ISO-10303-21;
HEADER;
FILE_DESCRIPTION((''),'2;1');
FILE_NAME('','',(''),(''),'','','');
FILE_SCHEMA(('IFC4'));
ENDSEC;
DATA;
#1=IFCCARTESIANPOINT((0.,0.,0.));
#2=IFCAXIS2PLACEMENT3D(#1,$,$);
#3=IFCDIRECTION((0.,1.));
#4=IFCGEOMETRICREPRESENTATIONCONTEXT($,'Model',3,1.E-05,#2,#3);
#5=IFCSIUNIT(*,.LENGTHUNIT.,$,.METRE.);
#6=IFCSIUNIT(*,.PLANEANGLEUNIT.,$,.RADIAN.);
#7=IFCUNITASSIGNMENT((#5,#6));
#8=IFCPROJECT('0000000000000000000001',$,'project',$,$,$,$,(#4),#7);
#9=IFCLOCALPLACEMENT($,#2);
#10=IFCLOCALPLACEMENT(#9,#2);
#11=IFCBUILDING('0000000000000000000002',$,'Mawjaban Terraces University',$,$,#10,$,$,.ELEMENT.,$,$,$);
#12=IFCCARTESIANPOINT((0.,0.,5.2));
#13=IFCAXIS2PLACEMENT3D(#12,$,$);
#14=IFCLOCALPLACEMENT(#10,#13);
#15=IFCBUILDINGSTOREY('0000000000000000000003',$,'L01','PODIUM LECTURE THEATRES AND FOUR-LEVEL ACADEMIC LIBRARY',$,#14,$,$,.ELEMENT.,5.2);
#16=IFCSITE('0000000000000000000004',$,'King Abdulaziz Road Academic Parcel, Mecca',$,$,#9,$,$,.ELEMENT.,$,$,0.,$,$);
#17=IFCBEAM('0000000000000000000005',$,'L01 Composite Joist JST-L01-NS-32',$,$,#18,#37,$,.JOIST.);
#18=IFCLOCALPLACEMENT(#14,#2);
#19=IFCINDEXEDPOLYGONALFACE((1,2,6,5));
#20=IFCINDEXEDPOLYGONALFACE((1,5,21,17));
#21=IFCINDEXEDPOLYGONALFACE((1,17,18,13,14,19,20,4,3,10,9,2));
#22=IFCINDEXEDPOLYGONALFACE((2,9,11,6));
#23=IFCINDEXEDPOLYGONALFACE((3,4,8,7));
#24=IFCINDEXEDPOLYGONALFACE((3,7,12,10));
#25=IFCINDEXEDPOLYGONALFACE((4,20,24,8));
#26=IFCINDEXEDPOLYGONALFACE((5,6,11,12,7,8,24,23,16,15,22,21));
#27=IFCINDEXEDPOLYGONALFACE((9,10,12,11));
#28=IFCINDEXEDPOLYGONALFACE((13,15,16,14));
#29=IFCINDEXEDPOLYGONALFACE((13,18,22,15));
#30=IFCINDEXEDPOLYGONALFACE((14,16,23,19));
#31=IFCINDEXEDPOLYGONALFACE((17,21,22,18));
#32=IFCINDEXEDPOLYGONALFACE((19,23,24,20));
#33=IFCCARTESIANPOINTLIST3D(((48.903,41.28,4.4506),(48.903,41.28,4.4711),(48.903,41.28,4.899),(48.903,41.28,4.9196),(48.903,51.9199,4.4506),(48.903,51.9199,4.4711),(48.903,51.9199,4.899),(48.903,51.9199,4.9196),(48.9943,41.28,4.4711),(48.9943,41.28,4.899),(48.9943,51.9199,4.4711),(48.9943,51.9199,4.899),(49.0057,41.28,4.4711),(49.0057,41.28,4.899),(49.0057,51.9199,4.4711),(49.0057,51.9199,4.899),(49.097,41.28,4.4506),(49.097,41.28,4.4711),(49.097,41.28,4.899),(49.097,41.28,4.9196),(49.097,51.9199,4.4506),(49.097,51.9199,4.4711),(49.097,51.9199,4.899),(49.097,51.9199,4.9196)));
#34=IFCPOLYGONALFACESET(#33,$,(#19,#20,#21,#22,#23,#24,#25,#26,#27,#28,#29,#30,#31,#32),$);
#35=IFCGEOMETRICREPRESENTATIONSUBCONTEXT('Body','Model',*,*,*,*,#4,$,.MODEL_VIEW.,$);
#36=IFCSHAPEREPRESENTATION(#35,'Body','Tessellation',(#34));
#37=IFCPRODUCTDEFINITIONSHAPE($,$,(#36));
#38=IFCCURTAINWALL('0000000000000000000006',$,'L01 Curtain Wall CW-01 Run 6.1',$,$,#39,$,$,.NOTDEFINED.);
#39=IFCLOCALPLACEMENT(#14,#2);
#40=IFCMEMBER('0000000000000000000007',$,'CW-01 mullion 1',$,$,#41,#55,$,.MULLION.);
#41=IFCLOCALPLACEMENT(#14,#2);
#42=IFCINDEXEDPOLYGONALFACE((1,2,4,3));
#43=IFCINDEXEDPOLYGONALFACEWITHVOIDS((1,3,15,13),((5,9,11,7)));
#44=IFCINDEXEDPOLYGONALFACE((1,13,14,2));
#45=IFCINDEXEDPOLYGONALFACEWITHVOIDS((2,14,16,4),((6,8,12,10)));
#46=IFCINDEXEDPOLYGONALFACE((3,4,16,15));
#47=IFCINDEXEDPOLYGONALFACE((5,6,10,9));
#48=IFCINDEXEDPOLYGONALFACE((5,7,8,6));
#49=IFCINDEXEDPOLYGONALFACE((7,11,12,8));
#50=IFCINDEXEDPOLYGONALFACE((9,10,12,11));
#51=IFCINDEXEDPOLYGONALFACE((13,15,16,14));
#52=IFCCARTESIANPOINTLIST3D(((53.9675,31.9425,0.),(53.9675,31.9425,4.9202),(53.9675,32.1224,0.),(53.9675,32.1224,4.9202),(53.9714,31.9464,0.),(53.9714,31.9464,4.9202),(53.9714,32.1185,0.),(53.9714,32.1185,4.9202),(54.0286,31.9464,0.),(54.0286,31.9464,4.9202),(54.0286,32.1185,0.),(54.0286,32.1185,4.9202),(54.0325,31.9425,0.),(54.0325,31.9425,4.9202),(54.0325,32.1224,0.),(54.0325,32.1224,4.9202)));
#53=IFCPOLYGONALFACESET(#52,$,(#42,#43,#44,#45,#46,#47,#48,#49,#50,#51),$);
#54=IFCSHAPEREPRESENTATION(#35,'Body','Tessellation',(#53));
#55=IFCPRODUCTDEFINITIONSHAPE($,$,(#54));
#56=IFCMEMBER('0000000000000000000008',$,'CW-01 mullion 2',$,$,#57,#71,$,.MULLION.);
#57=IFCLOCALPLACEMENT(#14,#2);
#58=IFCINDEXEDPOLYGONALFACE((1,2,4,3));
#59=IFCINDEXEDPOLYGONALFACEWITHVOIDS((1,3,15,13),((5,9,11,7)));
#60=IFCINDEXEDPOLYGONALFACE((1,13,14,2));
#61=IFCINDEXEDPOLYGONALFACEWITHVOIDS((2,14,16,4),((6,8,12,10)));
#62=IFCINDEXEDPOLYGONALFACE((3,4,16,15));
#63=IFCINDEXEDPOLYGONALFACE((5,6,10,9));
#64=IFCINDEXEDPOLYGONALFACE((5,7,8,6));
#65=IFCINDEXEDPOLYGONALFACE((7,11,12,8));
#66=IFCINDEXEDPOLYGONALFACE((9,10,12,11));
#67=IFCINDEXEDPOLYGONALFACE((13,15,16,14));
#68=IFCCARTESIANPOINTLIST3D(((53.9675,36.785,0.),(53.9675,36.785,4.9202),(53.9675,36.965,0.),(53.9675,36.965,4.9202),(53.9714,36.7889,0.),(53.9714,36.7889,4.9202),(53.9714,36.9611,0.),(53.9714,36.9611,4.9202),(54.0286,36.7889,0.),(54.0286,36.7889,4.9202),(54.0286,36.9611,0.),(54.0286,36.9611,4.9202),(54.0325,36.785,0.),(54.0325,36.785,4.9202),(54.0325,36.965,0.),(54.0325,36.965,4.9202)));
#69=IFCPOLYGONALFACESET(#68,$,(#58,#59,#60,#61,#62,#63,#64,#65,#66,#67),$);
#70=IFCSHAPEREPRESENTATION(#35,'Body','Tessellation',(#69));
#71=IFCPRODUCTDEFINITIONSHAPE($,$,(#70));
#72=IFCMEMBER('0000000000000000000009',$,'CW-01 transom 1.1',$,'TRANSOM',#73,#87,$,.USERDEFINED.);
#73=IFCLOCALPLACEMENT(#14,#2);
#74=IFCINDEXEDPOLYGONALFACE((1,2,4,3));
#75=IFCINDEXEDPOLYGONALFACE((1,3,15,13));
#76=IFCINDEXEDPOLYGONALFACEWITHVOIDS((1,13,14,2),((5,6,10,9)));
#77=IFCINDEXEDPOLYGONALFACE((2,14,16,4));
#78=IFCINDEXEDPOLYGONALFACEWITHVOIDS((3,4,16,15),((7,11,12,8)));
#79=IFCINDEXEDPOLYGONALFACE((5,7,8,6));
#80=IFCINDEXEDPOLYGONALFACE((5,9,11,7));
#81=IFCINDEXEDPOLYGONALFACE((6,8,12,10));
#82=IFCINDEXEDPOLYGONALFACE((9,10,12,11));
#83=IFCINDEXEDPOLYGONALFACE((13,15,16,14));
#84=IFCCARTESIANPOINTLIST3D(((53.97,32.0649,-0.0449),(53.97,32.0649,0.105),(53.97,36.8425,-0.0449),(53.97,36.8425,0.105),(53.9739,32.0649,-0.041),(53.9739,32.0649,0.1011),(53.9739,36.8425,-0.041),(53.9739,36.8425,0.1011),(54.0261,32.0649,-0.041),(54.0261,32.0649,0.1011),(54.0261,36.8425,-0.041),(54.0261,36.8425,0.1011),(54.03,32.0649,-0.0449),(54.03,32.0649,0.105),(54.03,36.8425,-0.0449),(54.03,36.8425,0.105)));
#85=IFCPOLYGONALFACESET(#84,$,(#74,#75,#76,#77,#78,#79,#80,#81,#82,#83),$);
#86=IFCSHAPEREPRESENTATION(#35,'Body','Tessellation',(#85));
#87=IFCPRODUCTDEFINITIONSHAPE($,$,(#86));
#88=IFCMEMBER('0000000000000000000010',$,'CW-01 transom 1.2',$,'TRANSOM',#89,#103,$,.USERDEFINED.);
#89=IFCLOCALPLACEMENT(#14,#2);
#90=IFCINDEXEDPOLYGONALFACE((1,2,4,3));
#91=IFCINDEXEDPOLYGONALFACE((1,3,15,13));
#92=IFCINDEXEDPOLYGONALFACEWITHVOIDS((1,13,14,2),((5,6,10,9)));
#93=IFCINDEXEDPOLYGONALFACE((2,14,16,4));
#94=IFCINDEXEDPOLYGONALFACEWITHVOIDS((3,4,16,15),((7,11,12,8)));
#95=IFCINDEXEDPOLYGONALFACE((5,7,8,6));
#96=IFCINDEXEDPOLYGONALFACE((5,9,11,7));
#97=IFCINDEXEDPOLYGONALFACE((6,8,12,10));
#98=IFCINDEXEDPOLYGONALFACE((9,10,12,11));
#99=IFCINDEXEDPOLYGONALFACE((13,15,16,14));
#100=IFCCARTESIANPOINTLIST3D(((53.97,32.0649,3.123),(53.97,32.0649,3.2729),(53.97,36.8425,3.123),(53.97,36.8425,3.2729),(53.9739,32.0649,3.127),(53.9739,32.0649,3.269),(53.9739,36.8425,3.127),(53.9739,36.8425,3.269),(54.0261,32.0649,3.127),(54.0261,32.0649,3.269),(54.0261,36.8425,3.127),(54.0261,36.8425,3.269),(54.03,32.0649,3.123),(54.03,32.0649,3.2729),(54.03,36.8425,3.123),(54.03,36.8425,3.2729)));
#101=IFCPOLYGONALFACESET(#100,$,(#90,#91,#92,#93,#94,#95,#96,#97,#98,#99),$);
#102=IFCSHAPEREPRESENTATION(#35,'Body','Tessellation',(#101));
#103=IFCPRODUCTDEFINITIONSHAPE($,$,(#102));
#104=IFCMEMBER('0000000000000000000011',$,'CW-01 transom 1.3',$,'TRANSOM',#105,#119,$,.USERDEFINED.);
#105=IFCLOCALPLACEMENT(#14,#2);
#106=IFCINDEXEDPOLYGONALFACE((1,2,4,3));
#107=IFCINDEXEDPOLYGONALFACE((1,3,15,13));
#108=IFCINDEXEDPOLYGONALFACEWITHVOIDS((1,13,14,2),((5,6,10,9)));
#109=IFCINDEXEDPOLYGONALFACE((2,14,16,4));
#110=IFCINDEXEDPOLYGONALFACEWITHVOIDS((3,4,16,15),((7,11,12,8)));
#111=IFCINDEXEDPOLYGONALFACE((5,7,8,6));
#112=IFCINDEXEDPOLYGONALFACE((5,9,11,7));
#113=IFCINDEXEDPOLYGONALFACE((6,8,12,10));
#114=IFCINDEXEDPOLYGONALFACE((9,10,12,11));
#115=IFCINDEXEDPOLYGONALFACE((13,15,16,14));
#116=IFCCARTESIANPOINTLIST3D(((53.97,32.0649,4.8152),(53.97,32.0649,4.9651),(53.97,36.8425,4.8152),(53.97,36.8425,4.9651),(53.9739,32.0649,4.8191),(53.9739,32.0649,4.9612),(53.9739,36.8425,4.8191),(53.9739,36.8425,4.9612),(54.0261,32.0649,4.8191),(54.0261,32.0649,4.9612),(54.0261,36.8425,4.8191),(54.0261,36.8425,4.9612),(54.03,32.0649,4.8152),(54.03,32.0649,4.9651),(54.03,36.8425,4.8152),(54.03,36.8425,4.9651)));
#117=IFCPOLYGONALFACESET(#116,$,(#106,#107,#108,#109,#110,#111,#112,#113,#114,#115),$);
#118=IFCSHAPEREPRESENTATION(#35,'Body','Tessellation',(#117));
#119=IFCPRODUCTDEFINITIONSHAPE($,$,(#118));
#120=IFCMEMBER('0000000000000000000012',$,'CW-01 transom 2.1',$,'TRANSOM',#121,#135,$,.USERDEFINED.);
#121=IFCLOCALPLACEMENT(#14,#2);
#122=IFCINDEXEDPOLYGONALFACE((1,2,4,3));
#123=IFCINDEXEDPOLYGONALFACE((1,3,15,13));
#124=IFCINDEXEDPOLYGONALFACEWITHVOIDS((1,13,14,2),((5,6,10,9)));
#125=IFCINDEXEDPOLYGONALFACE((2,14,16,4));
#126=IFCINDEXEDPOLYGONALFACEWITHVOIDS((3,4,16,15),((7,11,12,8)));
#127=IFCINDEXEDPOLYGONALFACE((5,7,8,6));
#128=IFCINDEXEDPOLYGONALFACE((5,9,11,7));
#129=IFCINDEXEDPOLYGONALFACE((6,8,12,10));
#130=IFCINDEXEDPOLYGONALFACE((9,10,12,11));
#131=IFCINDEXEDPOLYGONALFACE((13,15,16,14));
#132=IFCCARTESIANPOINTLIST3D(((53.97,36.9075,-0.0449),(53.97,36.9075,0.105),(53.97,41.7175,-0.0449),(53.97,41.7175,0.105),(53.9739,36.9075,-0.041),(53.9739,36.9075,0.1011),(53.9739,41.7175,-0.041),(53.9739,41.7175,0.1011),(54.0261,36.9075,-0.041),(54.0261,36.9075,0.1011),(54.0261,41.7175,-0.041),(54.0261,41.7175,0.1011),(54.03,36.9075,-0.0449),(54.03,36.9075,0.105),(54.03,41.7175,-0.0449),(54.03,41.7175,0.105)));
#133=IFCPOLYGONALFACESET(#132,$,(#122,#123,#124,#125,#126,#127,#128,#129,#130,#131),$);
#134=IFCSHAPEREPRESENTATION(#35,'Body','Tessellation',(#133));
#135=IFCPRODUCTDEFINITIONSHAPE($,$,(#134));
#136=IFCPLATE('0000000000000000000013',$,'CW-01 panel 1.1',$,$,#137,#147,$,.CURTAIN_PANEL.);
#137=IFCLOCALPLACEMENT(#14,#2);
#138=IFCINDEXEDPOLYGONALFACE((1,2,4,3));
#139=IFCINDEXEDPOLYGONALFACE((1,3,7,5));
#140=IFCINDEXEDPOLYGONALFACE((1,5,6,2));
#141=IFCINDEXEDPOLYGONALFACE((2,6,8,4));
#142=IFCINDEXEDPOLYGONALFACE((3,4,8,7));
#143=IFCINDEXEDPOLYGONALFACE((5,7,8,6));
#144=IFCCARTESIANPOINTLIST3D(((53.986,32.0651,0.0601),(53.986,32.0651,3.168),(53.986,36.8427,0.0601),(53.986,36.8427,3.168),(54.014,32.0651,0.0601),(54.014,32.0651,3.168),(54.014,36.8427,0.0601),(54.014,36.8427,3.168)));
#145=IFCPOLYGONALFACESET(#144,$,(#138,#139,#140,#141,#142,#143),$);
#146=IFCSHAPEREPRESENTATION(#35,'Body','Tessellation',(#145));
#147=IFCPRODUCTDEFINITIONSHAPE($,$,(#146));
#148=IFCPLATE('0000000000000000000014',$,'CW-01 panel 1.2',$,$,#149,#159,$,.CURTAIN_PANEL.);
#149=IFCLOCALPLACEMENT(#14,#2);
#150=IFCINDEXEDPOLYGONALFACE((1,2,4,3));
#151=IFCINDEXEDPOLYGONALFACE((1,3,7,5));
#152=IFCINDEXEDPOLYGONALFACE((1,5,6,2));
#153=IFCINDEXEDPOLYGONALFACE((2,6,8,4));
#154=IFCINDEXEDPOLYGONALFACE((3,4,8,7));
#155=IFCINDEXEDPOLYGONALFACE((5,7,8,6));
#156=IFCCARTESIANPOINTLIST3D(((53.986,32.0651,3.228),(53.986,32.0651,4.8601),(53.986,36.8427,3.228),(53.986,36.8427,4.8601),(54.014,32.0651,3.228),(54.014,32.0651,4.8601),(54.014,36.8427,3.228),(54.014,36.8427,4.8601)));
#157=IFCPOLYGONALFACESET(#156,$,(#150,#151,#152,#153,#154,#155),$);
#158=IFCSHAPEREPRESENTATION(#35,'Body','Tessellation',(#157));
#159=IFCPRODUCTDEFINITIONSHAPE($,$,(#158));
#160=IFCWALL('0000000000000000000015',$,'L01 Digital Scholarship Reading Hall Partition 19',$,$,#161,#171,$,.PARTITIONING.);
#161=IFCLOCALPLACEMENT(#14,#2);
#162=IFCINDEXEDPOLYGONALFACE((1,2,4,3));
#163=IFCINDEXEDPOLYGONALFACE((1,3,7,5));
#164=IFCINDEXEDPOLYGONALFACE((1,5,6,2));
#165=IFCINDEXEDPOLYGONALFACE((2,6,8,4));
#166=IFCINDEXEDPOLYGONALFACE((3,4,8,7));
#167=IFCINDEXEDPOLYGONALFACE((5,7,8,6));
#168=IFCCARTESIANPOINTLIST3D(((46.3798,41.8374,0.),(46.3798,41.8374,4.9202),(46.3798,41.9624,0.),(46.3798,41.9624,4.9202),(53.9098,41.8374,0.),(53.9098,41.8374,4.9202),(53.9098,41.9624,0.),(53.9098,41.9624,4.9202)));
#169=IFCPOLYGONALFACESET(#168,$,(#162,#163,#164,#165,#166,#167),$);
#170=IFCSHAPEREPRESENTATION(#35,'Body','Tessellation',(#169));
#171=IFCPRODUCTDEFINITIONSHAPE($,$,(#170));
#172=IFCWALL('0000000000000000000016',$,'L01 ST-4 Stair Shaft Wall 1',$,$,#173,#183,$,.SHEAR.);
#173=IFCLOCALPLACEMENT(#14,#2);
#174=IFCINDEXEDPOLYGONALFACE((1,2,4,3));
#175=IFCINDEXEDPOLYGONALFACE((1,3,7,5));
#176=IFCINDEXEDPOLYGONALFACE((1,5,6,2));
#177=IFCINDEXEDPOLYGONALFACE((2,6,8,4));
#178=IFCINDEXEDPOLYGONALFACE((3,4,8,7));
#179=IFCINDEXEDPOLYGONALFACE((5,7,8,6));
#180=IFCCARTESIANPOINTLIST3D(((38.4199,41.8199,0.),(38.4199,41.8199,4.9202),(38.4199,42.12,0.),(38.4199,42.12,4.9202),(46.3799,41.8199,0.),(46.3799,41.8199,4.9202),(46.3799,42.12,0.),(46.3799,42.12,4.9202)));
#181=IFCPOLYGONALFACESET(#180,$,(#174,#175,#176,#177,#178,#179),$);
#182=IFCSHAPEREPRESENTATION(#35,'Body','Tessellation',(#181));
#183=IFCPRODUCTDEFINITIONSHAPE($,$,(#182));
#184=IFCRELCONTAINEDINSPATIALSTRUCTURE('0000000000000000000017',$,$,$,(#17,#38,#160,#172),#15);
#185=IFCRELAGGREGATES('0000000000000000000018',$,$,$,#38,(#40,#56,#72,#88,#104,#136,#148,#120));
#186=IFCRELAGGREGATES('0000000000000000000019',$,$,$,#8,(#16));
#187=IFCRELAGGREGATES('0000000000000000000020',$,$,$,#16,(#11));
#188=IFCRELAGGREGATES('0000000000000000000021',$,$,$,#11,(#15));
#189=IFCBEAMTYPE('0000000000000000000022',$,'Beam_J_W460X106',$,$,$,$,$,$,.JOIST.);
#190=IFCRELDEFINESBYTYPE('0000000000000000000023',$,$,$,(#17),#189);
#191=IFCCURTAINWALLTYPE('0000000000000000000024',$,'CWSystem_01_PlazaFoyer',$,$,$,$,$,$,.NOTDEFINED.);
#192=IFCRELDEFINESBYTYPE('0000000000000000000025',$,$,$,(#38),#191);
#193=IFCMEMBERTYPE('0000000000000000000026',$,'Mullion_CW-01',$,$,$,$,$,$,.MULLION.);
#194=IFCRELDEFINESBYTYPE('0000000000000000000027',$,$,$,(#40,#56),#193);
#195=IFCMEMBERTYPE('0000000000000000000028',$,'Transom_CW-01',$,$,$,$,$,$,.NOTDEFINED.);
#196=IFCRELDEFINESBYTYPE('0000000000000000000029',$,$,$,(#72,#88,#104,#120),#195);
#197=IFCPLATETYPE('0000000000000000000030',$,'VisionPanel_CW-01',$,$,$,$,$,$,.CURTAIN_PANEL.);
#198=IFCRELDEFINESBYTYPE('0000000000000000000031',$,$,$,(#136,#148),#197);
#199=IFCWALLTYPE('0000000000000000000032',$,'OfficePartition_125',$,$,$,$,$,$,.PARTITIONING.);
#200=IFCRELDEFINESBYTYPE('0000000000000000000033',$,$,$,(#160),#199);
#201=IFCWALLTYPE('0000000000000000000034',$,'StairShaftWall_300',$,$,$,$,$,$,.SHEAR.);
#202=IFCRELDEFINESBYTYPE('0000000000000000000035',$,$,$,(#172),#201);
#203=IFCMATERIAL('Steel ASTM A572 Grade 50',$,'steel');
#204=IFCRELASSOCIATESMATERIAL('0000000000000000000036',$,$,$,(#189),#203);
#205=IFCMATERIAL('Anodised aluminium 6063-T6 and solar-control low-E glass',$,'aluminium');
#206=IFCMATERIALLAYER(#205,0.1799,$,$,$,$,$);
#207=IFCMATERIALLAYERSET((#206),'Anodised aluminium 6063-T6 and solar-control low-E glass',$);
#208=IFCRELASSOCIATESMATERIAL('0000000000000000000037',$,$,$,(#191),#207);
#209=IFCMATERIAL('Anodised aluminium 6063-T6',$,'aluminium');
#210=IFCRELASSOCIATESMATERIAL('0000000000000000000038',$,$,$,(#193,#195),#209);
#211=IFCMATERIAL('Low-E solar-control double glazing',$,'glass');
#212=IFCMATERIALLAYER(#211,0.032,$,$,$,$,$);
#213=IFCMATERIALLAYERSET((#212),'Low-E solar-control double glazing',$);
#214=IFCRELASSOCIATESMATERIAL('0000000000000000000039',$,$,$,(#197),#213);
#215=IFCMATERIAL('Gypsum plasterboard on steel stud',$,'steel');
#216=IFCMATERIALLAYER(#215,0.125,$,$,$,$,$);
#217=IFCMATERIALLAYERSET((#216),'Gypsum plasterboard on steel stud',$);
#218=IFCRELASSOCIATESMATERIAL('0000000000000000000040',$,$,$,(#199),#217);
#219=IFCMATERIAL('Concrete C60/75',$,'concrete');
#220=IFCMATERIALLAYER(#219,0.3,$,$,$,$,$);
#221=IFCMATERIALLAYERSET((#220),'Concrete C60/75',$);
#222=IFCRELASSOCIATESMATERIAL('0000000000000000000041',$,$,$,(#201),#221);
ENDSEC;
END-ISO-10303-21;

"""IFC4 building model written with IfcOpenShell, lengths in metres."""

from ifc_helpers import new_model, si_unit, direction, frame, frame_2d, origin, origin_2d, place, context, subcontext, project, spatial, rectangle, hollow_rectangle, i_section, extrude, material, layer, layer_set, material_profile, profile_set, type_object, element, aggregate, save


model = new_model("IFC4")

# Units and contexts
model_context = context("Model", 3, precision=1e-05, world=origin(), true_north=direction((0.0, 1.0)))
body_context = subcontext(model_context, "Body", "Model", "MODEL_VIEW")
ifc_project = project(units=[si_unit("LENGTHUNIT", "METRE"), si_unit("PLANEANGLEUNIT", "RADIAN")], contexts=[model_context])

# Site, building, storey
site_placement = place(None, origin())
site = spatial("IfcSite", under=ifc_project, at=site_placement, Name="King Abdulaziz Road Academic Parcel, Mecca", CompositionType="ELEMENT", RefElevation=0.0)
building_placement = place(site_placement, origin())
building = spatial("IfcBuilding", under=site, at=building_placement, Name="Mawjaban Terraces University", CompositionType="ELEMENT")
storey_placement = place(building_placement, frame((0.0, 0.0, 5.2)))
storey = spatial("IfcBuildingStorey", under=building, at=storey_placement, Name="L01", Description="PODIUM LECTURE THEATRES AND FOUR-LEVEL ACADEMIC LIBRARY", CompositionType="ELEMENT", Elevation=5.2)

# Beam
ifc_material_1 = material(Name="Steel ASTM A572 Grade 50", Category="steel")
ifc_material_profile_1 = material_profile(ifc_material_1, i_section(OverallWidth=0.1941, OverallDepth=0.469, WebThickness=0.0115, FlangeThickness=0.0205, at=origin_2d()), Name="W460X106")
ifc_profile_set_1 = profile_set([ifc_material_profile_1], Name="Steel ASTM A572 Grade 50")
beam_type_1 = type_object("IfcBeamType", Name="Beam_J_W460X106", PredefinedType="JOIST", material=ifc_profile_set_1)
beam_1_placement = place(storey_placement, frame((49.0, 41.28, 4.6851), z_axis=(0.0, 1.0, 0.0), x_axis=(-1.0, 0.0, 0.0)))
element("IfcBeam", 1, at=beam_1_placement, inside=storey, type_object=beam_type_1, Name="L01 Composite Joist JST-L01-NS-32", PredefinedType="JOIST", context=body_context, shape_type="SweptSolid", body=[
    extrude(i_section(OverallWidth=0.1941, OverallDepth=0.469, WebThickness=0.0115, FlangeThickness=0.0205, at=origin_2d()), origin(), (0.0, 0.0, 1.0), 10.6399),
])

# Curtain wall, members, plates
ifc_material_2 = material(Name="Anodised aluminium 6063-T6 and solar-control low-E glass", Category="aluminium")
ifc_layer_1 = layer(ifc_material_2, 0.1799)
ifc_layer_set_1 = layer_set([ifc_layer_1], Name="Anodised aluminium 6063-T6 and solar-control low-E glass")
curtain_wall_type = type_object("IfcCurtainWallType", Name="CWSystem_01_PlazaFoyer", PredefinedType="NOTDEFINED", material=ifc_layer_set_1)
curtain_wall_placement = place(storey_placement, origin())
curtain_wall = element("IfcCurtainWall", 2, at=curtain_wall_placement, inside=storey, type_object=curtain_wall_type, Name="L01 Curtain Wall CW-01 Run 6.1", PredefinedType="NOTDEFINED")
ifc_material_3 = material(Name="Anodised aluminium 6063-T6", Category="aluminium")
ifc_material_profile_2 = material_profile(ifc_material_3, hollow_rectangle(XDim=0.0649, YDim=0.1799, WallThickness=0.0039, at=origin_2d()), Name="ALU180X65X4")
ifc_profile_set_2 = profile_set([ifc_material_profile_2], Name="Anodised aluminium 6063-T6")
member_type_1 = type_object("IfcMemberType", Name="Mullion_CW-01", PredefinedType="MULLION", material=ifc_profile_set_2)
member_1_placement = place(storey_placement, frame((54.0, 32.0325, 0.0), z_axis=(0.0, 0.0, 1.0), x_axis=(-1.0, 0.0, 0.0)))
member_1 = element("IfcMember", 3, at=member_1_placement, type_object=member_type_1, Name="CW-01 mullion 1", PredefinedType="MULLION", context=body_context, shape_type="SweptSolid", body=[
    extrude(hollow_rectangle(XDim=0.0649, YDim=0.1799, WallThickness=0.0039, at=origin_2d()), origin(), (0.0, 0.0, 1.0), 4.9202),
])
member_2_placement = place(storey_placement, frame((54.0, 36.875, 0.0), z_axis=(0.0, 0.0, 1.0), x_axis=(-1.0, 0.0, 0.0)))
member_2 = element("IfcMember", 4, at=member_2_placement, type_object=member_type_1, Name="CW-01 mullion 2", PredefinedType="MULLION", context=body_context, shape_type="SweptSolid", body=[
    extrude(hollow_rectangle(XDim=0.0649, YDim=0.1799, WallThickness=0.0039, at=origin_2d()), origin(), (0.0, 0.0, 1.0), 4.9202),
])
ifc_material_profile_3 = material_profile(ifc_material_3, hollow_rectangle(XDim=0.0601, YDim=0.1499, WallThickness=0.0039, at=origin_2d()), Name="ALU150X60X4")
ifc_profile_set_3 = profile_set([ifc_material_profile_3], Name="Anodised aluminium 6063-T6")
member_type_2 = type_object("IfcMemberType", Name="Transom_CW-01", PredefinedType="NOTDEFINED", material=ifc_profile_set_3)
member_3_placement = place(storey_placement, frame((54.0, 32.0649, 0.03), z_axis=(0.0, 1.0, 0.0), x_axis=(-1.0, 0.0, 0.0)))
member_3 = element("IfcMember", 5, at=member_3_placement, type_object=member_type_2, Name="CW-01 transom 1.1", ObjectType="TRANSOM", PredefinedType="USERDEFINED", context=body_context, shape_type="SweptSolid", body=[
    extrude(hollow_rectangle(XDim=0.0601, YDim=0.1499, WallThickness=0.0039, at=origin_2d()), origin(), (0.0, 0.0, 1.0), 4.7776),
])
member_4_placement = place(storey_placement, frame((54.0, 32.0649, 3.198), z_axis=(0.0, 1.0, 0.0), x_axis=(-1.0, 0.0, 0.0)))
member_4 = element("IfcMember", 6, at=member_4_placement, type_object=member_type_2, Name="CW-01 transom 1.2", ObjectType="TRANSOM", PredefinedType="USERDEFINED", context=body_context, shape_type="SweptSolid", body=[
    extrude(hollow_rectangle(XDim=0.0601, YDim=0.1499, WallThickness=0.0039, at=origin_2d()), origin(), (0.0, 0.0, 1.0), 4.7776),
])
member_5_placement = place(storey_placement, frame((54.0, 32.0649, 4.8901), z_axis=(0.0, 1.0, 0.0), x_axis=(-1.0, 0.0, 0.0)))
member_5 = element("IfcMember", 7, at=member_5_placement, type_object=member_type_2, Name="CW-01 transom 1.3", ObjectType="TRANSOM", PredefinedType="USERDEFINED", context=body_context, shape_type="SweptSolid", body=[
    extrude(hollow_rectangle(XDim=0.0601, YDim=0.1499, WallThickness=0.0039, at=origin_2d()), origin(), (0.0, 0.0, 1.0), 4.7776),
])
member_6_placement = place(storey_placement, frame((54.0, 36.9075, 0.03), z_axis=(0.0, 1.0, 0.0), x_axis=(-1.0, 0.0, 0.0)))
member_6 = element("IfcMember", 8, at=member_6_placement, type_object=member_type_2, Name="CW-01 transom 2.1", ObjectType="TRANSOM", PredefinedType="USERDEFINED", context=body_context, shape_type="SweptSolid", body=[
    extrude(hollow_rectangle(XDim=0.0601, YDim=0.1499, WallThickness=0.0039, at=origin_2d()), origin(), (0.0, 0.0, 1.0), 4.8101),
])
ifc_material_4 = material(Name="Low-E solar-control double glazing", Category="glass")
ifc_layer_2 = layer(ifc_material_4, 0.032)
ifc_layer_set_2 = layer_set([ifc_layer_2], Name="Low-E solar-control double glazing")
plate_type = type_object("IfcPlateType", Name="VisionPanel_CW-01", PredefinedType="CURTAIN_PANEL", material=ifc_layer_set_2)
plate_1_placement = place(storey_placement, frame((54.0, 34.4539, 0.0601), z_axis=(0.0, 0.0, 1.0), x_axis=(0.0, 1.0, 0.0)))
plate_1 = element("IfcPlate", 9, at=plate_1_placement, type_object=plate_type, Name="CW-01 panel 1.1", PredefinedType="CURTAIN_PANEL", context=body_context, shape_type="SweptSolid", body=[
    extrude(rectangle(XDim=4.7776, YDim=0.0281, at=origin_2d()), origin(), (0.0, 0.0, 1.0), 3.1079),
])
plate_2_placement = place(storey_placement, frame((54.0, 34.4539, 3.228), z_axis=(0.0, 0.0, 1.0), x_axis=(0.0, 1.0, 0.0)))
plate_2 = element("IfcPlate", 10, at=plate_2_placement, type_object=plate_type, Name="CW-01 panel 1.2", PredefinedType="CURTAIN_PANEL", context=body_context, shape_type="SweptSolid", body=[
    extrude(rectangle(XDim=4.7776, YDim=0.0281, at=origin_2d()), origin(), (0.0, 0.0, 1.0), 1.6321),
])
aggregate(curtain_wall, [member_1, member_2, member_3, member_4, member_5, plate_1, plate_2, member_6])

# Walls
ifc_material_5 = material(Name="Gypsum plasterboard on steel stud", Category="steel")
ifc_layer_3 = layer(ifc_material_5, 0.125)
ifc_layer_set_3 = layer_set([ifc_layer_3], Name="Gypsum plasterboard on steel stud")
wall_type_1 = type_object("IfcWallType", Name="OfficePartition_125", PredefinedType="PARTITIONING", material=ifc_layer_set_3)
wall_1_placement = place(storey_placement, frame((53.9099, 41.8999, 0.0), z_axis=(0.0, 0.0, 1.0), x_axis=(-1.0, 0.0, 0.0)))
element("IfcWall", 11, at=wall_1_placement, inside=storey, type_object=wall_type_1, Name="L01 Digital Scholarship Reading Hall Partition 19", PredefinedType="PARTITIONING", context=body_context, shape_type="SweptSolid", body=[
    extrude(rectangle(XDim=7.53, YDim=0.125, at=frame_2d((3.7651, 0.0))), origin(), (0.0, 0.0, 1.0), 4.9202),
])
ifc_material_6 = material(Name="Concrete C60/75", Category="concrete")
ifc_layer_4 = layer(ifc_material_6, 0.3)
ifc_layer_set_4 = layer_set([ifc_layer_4], Name="Concrete C60/75")
wall_type_2 = type_object("IfcWallType", Name="StairShaftWall_300", PredefinedType="SHEAR", material=ifc_layer_set_4)
wall_2_placement = place(storey_placement, frame((38.4199, 41.97, 0.0), z_axis=(0.0, 0.0, 1.0), x_axis=(1.0, 0.0, 0.0)))
element("IfcWall", 12, at=wall_2_placement, inside=storey, type_object=wall_type_2, Name="L01 ST-4 Stair Shaft Wall 1", PredefinedType="SHEAR", context=body_context, shape_type="SweptSolid", body=[
    extrude(rectangle(XDim=7.96, YDim=0.3, at=frame_2d((3.98, 0.0))), origin(), (0.0, 0.0, 1.0), 4.9202),
])

save(model, "model.ifc")
